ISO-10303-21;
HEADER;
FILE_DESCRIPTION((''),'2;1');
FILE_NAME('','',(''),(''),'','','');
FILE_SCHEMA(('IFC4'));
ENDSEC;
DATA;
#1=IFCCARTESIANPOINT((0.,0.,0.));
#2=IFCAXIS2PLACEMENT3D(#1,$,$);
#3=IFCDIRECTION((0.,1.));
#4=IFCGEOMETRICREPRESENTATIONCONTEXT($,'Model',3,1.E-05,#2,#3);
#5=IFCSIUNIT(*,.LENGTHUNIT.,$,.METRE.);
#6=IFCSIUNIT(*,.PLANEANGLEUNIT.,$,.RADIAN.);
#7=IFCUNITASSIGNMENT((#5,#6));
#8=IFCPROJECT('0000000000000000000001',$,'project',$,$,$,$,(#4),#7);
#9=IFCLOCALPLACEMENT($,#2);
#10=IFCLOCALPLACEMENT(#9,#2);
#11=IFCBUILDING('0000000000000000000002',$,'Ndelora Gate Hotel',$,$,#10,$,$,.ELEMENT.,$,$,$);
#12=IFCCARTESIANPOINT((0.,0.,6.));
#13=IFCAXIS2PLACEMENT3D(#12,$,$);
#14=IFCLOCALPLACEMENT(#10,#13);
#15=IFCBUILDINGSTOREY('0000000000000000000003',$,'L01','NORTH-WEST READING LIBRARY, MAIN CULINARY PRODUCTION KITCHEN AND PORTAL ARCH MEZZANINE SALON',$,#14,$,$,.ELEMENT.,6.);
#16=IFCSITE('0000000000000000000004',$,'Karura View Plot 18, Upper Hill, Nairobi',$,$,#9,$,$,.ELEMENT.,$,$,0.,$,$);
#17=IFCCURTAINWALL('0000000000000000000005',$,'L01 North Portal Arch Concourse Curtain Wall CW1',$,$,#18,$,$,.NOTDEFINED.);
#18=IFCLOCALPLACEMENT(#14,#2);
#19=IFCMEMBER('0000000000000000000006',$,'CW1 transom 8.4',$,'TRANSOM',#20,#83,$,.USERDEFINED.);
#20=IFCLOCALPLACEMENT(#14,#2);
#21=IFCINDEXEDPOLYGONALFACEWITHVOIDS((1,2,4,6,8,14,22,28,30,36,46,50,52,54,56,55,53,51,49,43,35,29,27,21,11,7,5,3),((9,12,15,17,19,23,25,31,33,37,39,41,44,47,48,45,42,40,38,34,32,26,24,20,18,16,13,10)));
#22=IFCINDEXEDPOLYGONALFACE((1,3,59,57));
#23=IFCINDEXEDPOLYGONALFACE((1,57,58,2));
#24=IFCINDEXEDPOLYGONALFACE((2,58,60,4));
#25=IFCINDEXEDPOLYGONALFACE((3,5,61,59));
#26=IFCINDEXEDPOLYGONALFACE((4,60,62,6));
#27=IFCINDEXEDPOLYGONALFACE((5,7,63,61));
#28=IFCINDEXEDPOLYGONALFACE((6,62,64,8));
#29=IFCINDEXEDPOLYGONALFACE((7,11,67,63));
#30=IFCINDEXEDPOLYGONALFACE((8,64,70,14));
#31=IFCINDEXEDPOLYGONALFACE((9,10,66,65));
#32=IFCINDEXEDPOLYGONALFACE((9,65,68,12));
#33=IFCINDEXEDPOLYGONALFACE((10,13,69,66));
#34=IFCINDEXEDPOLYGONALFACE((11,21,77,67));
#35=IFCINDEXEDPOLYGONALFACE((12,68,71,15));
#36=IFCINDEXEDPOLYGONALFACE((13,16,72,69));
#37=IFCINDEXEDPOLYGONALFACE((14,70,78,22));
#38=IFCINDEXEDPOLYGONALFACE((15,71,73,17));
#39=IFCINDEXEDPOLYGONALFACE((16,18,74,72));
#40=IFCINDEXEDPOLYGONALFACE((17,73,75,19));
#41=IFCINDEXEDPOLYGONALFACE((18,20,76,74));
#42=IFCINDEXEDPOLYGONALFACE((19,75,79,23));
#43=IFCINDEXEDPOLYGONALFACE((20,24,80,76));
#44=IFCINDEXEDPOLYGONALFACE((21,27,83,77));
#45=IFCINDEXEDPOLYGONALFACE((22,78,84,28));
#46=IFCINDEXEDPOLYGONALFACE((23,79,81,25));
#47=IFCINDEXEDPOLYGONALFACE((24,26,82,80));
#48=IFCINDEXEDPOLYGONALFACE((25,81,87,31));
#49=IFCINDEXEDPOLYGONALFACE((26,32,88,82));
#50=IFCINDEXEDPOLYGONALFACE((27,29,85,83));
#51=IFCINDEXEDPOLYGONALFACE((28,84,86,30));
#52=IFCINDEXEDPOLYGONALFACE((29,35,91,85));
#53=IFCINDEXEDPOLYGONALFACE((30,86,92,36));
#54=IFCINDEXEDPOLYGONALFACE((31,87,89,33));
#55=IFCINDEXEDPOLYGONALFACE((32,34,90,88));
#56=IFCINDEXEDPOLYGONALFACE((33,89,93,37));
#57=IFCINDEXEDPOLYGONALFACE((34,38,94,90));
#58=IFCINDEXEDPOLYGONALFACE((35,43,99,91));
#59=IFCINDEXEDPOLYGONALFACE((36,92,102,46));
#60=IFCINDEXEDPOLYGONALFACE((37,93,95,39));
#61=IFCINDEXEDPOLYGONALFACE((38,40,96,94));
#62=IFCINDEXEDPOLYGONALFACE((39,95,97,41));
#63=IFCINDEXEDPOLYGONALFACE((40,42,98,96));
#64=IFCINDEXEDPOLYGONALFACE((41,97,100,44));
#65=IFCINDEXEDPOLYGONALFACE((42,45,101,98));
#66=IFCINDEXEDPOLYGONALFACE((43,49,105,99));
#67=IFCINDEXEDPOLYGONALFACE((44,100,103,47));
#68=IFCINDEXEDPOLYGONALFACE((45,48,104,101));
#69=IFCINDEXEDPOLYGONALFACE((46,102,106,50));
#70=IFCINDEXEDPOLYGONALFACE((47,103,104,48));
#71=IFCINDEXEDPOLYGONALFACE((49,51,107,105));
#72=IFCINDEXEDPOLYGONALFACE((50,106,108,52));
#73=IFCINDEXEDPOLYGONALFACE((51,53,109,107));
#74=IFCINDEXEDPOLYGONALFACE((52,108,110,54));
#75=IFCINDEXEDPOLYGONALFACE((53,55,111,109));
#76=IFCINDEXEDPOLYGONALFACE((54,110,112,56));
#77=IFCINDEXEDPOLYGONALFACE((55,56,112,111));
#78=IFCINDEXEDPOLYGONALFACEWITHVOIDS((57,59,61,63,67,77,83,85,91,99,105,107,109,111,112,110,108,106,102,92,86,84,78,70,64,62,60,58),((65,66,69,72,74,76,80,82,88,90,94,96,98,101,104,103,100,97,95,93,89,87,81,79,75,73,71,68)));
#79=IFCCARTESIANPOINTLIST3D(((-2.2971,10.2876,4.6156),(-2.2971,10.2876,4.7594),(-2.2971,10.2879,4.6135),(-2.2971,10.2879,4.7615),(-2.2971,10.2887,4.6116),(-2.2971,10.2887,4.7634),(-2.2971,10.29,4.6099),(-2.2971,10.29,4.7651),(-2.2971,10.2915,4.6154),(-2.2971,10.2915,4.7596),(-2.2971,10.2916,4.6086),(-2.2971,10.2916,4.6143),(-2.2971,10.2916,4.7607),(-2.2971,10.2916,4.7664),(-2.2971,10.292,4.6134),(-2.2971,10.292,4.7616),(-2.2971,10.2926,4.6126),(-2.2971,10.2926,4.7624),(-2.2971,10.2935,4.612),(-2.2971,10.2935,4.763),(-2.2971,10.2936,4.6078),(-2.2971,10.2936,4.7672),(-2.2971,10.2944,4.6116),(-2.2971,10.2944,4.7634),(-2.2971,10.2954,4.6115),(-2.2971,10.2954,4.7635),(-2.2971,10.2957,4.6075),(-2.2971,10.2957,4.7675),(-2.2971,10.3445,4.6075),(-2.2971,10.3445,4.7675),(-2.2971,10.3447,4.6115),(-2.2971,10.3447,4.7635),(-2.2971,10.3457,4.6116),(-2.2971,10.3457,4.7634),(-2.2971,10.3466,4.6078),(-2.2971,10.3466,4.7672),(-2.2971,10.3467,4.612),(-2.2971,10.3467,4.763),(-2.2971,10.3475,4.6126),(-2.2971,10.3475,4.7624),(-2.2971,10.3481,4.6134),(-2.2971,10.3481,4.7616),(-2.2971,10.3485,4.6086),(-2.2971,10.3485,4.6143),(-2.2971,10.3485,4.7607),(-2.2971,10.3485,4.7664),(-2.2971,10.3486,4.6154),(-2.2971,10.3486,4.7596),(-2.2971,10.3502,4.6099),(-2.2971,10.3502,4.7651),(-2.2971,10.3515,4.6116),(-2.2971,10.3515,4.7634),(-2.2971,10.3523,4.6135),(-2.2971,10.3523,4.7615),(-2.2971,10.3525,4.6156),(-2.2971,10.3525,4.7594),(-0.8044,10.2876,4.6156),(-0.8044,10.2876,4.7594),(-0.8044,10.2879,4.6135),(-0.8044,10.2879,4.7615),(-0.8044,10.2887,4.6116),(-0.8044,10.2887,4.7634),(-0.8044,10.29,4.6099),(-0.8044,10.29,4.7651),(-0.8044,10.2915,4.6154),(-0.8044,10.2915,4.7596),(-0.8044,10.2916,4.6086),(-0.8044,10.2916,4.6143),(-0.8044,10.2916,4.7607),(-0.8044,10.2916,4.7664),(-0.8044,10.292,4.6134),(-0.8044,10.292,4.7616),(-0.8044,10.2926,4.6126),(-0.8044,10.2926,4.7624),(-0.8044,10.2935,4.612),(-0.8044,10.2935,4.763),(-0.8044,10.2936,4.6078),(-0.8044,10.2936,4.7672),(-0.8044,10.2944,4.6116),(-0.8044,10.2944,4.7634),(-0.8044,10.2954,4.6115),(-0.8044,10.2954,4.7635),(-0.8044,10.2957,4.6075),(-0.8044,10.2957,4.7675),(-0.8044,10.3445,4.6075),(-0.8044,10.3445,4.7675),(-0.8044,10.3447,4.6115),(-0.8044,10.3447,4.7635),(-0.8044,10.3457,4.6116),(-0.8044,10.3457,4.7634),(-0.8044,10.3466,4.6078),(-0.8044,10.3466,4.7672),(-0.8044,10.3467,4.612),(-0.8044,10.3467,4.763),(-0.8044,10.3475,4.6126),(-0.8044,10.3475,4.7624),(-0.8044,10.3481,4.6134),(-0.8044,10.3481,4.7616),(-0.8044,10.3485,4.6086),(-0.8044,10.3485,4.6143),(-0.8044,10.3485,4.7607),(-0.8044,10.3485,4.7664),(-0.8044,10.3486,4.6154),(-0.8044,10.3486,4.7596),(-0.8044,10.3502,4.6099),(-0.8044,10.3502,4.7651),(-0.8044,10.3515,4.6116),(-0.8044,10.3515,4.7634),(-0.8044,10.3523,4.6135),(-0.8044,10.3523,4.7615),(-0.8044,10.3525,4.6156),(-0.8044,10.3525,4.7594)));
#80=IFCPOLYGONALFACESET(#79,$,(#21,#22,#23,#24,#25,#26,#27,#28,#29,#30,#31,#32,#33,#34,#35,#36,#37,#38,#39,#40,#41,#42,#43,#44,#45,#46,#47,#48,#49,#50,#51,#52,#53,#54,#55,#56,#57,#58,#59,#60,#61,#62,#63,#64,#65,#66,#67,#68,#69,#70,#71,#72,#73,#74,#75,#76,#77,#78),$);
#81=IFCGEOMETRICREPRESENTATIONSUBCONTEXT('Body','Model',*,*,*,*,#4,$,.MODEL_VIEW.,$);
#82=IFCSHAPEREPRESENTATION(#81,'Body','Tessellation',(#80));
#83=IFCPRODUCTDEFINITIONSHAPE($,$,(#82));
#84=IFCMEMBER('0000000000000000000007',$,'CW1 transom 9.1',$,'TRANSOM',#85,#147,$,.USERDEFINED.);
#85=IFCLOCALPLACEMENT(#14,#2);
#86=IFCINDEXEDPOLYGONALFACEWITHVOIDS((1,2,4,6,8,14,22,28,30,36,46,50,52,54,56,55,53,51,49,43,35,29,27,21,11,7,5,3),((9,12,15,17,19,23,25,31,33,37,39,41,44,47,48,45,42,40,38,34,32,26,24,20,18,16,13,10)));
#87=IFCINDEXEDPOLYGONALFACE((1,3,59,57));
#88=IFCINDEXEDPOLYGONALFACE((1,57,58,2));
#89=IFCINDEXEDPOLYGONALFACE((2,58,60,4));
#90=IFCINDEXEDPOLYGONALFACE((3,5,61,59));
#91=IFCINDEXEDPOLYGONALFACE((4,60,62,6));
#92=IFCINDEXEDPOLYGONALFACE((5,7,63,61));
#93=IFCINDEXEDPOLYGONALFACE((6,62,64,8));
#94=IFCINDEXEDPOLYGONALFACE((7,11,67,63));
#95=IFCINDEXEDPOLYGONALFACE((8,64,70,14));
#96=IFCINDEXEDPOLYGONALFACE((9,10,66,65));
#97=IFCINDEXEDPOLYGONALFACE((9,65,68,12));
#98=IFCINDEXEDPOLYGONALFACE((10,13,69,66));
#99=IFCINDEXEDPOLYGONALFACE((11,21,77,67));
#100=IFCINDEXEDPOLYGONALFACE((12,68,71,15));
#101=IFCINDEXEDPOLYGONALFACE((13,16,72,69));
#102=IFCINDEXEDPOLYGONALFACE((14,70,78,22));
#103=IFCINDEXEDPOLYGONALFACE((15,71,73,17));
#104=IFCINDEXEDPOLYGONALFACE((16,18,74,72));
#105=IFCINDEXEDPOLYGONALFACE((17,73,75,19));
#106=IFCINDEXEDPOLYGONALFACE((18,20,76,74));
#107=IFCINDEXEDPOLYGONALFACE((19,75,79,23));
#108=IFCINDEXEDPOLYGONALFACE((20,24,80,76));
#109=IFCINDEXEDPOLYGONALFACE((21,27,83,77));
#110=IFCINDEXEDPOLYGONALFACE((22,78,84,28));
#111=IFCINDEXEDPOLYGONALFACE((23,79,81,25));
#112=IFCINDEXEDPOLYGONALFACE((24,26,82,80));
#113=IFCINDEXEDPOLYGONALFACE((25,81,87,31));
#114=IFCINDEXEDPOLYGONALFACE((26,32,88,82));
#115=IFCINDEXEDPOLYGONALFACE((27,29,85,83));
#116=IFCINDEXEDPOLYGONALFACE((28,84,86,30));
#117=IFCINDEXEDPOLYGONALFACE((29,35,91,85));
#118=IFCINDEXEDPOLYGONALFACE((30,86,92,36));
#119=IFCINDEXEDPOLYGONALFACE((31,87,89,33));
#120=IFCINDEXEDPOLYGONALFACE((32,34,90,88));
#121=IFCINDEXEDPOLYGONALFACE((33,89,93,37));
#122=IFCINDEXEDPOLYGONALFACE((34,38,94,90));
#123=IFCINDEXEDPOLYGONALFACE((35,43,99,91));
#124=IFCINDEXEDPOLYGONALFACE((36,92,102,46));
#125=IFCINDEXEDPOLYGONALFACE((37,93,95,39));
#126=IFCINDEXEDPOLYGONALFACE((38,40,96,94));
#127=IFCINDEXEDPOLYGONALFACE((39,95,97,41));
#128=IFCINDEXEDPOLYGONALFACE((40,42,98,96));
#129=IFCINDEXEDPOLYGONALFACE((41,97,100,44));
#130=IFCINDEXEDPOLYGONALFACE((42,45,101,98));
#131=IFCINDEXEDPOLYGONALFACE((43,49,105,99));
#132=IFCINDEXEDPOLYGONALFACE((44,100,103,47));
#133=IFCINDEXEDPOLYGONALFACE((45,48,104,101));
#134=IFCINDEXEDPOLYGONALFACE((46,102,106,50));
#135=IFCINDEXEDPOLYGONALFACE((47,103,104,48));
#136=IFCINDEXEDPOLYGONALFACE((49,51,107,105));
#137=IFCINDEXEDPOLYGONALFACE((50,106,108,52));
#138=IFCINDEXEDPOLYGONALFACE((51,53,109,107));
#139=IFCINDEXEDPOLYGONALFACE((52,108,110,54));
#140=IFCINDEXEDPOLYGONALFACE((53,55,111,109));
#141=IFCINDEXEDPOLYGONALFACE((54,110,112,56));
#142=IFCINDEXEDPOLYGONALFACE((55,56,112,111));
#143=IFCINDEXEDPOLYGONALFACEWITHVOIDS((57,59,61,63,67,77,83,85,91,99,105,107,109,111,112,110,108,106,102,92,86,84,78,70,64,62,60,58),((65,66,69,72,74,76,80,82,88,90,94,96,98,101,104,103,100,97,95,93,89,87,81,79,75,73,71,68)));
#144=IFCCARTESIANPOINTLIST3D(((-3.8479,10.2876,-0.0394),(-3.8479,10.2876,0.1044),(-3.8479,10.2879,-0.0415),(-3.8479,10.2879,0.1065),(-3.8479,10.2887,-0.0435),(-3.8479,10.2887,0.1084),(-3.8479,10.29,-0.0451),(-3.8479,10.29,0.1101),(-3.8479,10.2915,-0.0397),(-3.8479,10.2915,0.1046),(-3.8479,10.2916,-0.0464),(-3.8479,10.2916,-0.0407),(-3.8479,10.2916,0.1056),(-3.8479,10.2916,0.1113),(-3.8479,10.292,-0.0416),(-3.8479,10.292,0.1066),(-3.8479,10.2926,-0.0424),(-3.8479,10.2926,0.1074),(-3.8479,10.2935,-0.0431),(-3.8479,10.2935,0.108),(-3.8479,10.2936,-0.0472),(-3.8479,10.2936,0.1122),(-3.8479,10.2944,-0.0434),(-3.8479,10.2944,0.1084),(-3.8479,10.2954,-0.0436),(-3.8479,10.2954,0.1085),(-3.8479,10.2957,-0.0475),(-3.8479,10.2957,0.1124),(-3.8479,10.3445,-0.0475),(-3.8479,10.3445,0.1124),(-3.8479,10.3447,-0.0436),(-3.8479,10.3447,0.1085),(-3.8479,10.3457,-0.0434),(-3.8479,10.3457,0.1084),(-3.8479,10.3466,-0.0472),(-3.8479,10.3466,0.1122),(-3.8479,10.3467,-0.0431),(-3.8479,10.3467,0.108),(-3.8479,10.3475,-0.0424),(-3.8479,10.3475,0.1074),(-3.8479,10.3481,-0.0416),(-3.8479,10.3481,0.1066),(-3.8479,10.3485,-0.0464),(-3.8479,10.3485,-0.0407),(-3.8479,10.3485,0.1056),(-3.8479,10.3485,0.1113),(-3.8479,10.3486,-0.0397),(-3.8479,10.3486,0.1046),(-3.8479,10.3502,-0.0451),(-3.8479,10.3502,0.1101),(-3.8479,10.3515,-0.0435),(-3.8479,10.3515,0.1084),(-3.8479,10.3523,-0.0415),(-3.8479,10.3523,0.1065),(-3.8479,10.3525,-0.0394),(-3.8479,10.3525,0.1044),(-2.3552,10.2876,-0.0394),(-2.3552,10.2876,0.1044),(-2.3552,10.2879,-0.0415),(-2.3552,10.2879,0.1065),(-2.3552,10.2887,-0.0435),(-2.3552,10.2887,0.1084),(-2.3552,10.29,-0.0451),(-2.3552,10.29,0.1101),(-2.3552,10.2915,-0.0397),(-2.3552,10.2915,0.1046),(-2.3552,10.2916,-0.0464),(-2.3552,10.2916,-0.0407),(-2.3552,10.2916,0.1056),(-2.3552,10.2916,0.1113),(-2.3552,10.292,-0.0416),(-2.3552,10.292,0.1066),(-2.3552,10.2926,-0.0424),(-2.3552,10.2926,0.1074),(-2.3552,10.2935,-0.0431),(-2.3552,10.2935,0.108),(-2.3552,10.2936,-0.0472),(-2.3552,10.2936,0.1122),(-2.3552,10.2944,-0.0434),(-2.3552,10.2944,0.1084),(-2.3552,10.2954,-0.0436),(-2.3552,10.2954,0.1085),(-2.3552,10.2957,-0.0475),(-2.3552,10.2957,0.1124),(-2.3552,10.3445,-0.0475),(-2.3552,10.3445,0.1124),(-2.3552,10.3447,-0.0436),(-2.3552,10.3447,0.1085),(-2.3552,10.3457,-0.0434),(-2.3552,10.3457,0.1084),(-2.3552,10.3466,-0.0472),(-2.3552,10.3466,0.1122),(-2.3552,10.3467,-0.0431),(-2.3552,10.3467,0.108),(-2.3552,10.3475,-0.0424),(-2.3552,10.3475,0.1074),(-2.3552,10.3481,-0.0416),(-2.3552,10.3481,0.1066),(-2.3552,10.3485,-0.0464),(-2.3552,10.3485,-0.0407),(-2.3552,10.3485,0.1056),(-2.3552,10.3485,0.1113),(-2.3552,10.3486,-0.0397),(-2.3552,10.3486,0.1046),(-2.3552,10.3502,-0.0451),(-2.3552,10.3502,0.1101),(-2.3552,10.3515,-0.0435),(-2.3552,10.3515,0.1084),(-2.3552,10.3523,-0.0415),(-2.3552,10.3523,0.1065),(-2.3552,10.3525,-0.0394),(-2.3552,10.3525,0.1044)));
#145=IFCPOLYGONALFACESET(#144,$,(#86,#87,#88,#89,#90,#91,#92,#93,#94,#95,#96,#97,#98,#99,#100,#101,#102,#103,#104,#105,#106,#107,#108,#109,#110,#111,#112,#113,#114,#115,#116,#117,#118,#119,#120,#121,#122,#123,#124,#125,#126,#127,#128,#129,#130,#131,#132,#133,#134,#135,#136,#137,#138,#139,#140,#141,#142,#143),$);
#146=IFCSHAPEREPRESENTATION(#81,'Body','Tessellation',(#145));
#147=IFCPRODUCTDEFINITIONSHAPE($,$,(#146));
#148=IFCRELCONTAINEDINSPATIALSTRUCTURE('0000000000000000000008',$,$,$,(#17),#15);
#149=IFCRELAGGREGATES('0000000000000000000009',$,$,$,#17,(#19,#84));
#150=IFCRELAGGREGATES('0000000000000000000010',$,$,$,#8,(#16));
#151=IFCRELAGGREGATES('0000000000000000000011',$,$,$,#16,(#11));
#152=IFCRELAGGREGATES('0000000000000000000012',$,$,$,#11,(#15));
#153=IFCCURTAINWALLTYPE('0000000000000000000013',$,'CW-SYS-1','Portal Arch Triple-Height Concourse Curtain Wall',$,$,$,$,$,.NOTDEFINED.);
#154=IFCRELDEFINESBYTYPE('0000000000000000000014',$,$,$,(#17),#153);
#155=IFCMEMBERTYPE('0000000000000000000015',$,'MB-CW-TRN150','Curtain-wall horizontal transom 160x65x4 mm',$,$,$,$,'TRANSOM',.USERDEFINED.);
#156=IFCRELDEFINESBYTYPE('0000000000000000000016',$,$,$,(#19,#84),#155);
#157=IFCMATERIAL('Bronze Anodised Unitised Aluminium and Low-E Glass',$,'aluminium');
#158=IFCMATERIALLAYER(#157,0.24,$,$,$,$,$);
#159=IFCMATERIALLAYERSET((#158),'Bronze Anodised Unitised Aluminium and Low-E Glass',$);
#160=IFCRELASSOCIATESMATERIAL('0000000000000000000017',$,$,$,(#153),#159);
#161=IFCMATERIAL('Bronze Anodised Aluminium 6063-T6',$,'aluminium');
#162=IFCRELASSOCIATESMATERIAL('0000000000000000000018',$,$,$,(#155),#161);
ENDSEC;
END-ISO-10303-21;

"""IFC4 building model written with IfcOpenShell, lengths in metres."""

from ifc_helpers import new_model, si_unit, direction, frame, origin, origin_2d, place, context, subcontext, project, spatial, hollow_rectangle, extrude, material, layer, layer_set, material_profile, profile_set, type_object, element, aggregate, save


model = new_model("IFC4")

# Units and contexts
model_context = context("Model", 3, precision=1e-05, world=origin(), true_north=direction((0.0, 1.0)))
body_context = subcontext(model_context, "Body", "Model", "MODEL_VIEW")
ifc_project = project(units=[si_unit("LENGTHUNIT", "METRE"), si_unit("PLANEANGLEUNIT", "RADIAN")], contexts=[model_context])

# Site, building, storey
site_placement = place(None, origin())
site = spatial("IfcSite", under=ifc_project, at=site_placement, Name="Karura View Plot 18, Upper Hill, Nairobi", CompositionType="ELEMENT", RefElevation=0.0)
building_placement = place(site_placement, origin())
building = spatial("IfcBuilding", under=site, at=building_placement, Name="Ndelora Gate Hotel", CompositionType="ELEMENT")
storey_placement = place(building_placement, frame((0.0, 0.0, 6.0)))
storey = spatial("IfcBuildingStorey", under=building, at=storey_placement, Name="L01", Description="NORTH-WEST READING LIBRARY, MAIN CULINARY PRODUCTION KITCHEN AND PORTAL ARCH MEZZANINE SALON", CompositionType="ELEMENT", Elevation=6.0)

# Curtain wall, members
ifc_material_1 = material(Name="Bronze Anodised Unitised Aluminium and Low-E Glass", Category="aluminium")
ifc_layer_1 = layer(ifc_material_1, 0.24)
ifc_layer_set_1 = layer_set([ifc_layer_1], Name="Bronze Anodised Unitised Aluminium and Low-E Glass")
curtain_wall_type = type_object("IfcCurtainWallType", Name="CW-SYS-1", Description="Portal Arch Triple-Height Concourse Curtain Wall", PredefinedType="NOTDEFINED", material=ifc_layer_set_1)
curtain_wall_placement = place(storey_placement, origin())
curtain_wall = element("IfcCurtainWall", 1, at=curtain_wall_placement, inside=storey, type_object=curtain_wall_type, Name="L01 North Portal Arch Concourse Curtain Wall CW1", PredefinedType="NOTDEFINED")
ifc_material_2 = material(Name="Bronze Anodised Aluminium 6063-T6", Category="aluminium")
ifc_material_profile_1 = material_profile(ifc_material_2, hollow_rectangle(XDim=0.0649, YDim=0.1599, WallThickness=0.0039, InnerFilletRadius=0.0039, OuterFilletRadius=0.0081, at=origin_2d()), Name="ALU 160x65x4")
ifc_profile_set_1 = profile_set([ifc_material_profile_1], Name="Bronze Anodised Aluminium 6063-T6")
member_type_1 = type_object("IfcMemberType", Name="MB-CW-TRN150", Description="Curtain-wall horizontal transom 160x65x4 mm", ElementType="TRANSOM", PredefinedType="USERDEFINED", material=ifc_profile_set_1)
member_1_placement = place(storey_placement, frame((-0.8044, 10.3201, 4.6875), z_axis=(-1.0, 0.0, 0.0), x_axis=(0.0, -1.0, 0.0)))
member_1 = element("IfcMember", 2, at=member_1_placement, type_object=member_type_1, Name="CW1 transom 8.4", ObjectType="TRANSOM", PredefinedType="USERDEFINED", context=body_context, shape_type="SweptSolid", body=[
    extrude(hollow_rectangle(XDim=0.0649, YDim=0.1599, WallThickness=0.0039, InnerFilletRadius=0.0039, OuterFilletRadius=0.0081, at=origin_2d()), origin(), (0.0, 0.0, 1.0), 1.4927),
])
member_2_placement = place(storey_placement, frame((-2.3552, 10.3201, 0.0325), z_axis=(-1.0, 0.0, 0.0), x_axis=(0.0, -1.0, 0.0)))
member_2 = element("IfcMember", 3, at=member_2_placement, type_object=member_type_1, Name="CW1 transom 9.1", ObjectType="TRANSOM", PredefinedType="USERDEFINED", context=body_context, shape_type="SweptSolid", body=[
    extrude(hollow_rectangle(XDim=0.0649, YDim=0.1599, WallThickness=0.0039, InnerFilletRadius=0.0039, OuterFilletRadius=0.0081, at=origin_2d()), origin(), (0.0, 0.0, 1.0), 1.4927),
])
aggregate(curtain_wall, [member_1, member_2])

save(model, "model.ifc")
